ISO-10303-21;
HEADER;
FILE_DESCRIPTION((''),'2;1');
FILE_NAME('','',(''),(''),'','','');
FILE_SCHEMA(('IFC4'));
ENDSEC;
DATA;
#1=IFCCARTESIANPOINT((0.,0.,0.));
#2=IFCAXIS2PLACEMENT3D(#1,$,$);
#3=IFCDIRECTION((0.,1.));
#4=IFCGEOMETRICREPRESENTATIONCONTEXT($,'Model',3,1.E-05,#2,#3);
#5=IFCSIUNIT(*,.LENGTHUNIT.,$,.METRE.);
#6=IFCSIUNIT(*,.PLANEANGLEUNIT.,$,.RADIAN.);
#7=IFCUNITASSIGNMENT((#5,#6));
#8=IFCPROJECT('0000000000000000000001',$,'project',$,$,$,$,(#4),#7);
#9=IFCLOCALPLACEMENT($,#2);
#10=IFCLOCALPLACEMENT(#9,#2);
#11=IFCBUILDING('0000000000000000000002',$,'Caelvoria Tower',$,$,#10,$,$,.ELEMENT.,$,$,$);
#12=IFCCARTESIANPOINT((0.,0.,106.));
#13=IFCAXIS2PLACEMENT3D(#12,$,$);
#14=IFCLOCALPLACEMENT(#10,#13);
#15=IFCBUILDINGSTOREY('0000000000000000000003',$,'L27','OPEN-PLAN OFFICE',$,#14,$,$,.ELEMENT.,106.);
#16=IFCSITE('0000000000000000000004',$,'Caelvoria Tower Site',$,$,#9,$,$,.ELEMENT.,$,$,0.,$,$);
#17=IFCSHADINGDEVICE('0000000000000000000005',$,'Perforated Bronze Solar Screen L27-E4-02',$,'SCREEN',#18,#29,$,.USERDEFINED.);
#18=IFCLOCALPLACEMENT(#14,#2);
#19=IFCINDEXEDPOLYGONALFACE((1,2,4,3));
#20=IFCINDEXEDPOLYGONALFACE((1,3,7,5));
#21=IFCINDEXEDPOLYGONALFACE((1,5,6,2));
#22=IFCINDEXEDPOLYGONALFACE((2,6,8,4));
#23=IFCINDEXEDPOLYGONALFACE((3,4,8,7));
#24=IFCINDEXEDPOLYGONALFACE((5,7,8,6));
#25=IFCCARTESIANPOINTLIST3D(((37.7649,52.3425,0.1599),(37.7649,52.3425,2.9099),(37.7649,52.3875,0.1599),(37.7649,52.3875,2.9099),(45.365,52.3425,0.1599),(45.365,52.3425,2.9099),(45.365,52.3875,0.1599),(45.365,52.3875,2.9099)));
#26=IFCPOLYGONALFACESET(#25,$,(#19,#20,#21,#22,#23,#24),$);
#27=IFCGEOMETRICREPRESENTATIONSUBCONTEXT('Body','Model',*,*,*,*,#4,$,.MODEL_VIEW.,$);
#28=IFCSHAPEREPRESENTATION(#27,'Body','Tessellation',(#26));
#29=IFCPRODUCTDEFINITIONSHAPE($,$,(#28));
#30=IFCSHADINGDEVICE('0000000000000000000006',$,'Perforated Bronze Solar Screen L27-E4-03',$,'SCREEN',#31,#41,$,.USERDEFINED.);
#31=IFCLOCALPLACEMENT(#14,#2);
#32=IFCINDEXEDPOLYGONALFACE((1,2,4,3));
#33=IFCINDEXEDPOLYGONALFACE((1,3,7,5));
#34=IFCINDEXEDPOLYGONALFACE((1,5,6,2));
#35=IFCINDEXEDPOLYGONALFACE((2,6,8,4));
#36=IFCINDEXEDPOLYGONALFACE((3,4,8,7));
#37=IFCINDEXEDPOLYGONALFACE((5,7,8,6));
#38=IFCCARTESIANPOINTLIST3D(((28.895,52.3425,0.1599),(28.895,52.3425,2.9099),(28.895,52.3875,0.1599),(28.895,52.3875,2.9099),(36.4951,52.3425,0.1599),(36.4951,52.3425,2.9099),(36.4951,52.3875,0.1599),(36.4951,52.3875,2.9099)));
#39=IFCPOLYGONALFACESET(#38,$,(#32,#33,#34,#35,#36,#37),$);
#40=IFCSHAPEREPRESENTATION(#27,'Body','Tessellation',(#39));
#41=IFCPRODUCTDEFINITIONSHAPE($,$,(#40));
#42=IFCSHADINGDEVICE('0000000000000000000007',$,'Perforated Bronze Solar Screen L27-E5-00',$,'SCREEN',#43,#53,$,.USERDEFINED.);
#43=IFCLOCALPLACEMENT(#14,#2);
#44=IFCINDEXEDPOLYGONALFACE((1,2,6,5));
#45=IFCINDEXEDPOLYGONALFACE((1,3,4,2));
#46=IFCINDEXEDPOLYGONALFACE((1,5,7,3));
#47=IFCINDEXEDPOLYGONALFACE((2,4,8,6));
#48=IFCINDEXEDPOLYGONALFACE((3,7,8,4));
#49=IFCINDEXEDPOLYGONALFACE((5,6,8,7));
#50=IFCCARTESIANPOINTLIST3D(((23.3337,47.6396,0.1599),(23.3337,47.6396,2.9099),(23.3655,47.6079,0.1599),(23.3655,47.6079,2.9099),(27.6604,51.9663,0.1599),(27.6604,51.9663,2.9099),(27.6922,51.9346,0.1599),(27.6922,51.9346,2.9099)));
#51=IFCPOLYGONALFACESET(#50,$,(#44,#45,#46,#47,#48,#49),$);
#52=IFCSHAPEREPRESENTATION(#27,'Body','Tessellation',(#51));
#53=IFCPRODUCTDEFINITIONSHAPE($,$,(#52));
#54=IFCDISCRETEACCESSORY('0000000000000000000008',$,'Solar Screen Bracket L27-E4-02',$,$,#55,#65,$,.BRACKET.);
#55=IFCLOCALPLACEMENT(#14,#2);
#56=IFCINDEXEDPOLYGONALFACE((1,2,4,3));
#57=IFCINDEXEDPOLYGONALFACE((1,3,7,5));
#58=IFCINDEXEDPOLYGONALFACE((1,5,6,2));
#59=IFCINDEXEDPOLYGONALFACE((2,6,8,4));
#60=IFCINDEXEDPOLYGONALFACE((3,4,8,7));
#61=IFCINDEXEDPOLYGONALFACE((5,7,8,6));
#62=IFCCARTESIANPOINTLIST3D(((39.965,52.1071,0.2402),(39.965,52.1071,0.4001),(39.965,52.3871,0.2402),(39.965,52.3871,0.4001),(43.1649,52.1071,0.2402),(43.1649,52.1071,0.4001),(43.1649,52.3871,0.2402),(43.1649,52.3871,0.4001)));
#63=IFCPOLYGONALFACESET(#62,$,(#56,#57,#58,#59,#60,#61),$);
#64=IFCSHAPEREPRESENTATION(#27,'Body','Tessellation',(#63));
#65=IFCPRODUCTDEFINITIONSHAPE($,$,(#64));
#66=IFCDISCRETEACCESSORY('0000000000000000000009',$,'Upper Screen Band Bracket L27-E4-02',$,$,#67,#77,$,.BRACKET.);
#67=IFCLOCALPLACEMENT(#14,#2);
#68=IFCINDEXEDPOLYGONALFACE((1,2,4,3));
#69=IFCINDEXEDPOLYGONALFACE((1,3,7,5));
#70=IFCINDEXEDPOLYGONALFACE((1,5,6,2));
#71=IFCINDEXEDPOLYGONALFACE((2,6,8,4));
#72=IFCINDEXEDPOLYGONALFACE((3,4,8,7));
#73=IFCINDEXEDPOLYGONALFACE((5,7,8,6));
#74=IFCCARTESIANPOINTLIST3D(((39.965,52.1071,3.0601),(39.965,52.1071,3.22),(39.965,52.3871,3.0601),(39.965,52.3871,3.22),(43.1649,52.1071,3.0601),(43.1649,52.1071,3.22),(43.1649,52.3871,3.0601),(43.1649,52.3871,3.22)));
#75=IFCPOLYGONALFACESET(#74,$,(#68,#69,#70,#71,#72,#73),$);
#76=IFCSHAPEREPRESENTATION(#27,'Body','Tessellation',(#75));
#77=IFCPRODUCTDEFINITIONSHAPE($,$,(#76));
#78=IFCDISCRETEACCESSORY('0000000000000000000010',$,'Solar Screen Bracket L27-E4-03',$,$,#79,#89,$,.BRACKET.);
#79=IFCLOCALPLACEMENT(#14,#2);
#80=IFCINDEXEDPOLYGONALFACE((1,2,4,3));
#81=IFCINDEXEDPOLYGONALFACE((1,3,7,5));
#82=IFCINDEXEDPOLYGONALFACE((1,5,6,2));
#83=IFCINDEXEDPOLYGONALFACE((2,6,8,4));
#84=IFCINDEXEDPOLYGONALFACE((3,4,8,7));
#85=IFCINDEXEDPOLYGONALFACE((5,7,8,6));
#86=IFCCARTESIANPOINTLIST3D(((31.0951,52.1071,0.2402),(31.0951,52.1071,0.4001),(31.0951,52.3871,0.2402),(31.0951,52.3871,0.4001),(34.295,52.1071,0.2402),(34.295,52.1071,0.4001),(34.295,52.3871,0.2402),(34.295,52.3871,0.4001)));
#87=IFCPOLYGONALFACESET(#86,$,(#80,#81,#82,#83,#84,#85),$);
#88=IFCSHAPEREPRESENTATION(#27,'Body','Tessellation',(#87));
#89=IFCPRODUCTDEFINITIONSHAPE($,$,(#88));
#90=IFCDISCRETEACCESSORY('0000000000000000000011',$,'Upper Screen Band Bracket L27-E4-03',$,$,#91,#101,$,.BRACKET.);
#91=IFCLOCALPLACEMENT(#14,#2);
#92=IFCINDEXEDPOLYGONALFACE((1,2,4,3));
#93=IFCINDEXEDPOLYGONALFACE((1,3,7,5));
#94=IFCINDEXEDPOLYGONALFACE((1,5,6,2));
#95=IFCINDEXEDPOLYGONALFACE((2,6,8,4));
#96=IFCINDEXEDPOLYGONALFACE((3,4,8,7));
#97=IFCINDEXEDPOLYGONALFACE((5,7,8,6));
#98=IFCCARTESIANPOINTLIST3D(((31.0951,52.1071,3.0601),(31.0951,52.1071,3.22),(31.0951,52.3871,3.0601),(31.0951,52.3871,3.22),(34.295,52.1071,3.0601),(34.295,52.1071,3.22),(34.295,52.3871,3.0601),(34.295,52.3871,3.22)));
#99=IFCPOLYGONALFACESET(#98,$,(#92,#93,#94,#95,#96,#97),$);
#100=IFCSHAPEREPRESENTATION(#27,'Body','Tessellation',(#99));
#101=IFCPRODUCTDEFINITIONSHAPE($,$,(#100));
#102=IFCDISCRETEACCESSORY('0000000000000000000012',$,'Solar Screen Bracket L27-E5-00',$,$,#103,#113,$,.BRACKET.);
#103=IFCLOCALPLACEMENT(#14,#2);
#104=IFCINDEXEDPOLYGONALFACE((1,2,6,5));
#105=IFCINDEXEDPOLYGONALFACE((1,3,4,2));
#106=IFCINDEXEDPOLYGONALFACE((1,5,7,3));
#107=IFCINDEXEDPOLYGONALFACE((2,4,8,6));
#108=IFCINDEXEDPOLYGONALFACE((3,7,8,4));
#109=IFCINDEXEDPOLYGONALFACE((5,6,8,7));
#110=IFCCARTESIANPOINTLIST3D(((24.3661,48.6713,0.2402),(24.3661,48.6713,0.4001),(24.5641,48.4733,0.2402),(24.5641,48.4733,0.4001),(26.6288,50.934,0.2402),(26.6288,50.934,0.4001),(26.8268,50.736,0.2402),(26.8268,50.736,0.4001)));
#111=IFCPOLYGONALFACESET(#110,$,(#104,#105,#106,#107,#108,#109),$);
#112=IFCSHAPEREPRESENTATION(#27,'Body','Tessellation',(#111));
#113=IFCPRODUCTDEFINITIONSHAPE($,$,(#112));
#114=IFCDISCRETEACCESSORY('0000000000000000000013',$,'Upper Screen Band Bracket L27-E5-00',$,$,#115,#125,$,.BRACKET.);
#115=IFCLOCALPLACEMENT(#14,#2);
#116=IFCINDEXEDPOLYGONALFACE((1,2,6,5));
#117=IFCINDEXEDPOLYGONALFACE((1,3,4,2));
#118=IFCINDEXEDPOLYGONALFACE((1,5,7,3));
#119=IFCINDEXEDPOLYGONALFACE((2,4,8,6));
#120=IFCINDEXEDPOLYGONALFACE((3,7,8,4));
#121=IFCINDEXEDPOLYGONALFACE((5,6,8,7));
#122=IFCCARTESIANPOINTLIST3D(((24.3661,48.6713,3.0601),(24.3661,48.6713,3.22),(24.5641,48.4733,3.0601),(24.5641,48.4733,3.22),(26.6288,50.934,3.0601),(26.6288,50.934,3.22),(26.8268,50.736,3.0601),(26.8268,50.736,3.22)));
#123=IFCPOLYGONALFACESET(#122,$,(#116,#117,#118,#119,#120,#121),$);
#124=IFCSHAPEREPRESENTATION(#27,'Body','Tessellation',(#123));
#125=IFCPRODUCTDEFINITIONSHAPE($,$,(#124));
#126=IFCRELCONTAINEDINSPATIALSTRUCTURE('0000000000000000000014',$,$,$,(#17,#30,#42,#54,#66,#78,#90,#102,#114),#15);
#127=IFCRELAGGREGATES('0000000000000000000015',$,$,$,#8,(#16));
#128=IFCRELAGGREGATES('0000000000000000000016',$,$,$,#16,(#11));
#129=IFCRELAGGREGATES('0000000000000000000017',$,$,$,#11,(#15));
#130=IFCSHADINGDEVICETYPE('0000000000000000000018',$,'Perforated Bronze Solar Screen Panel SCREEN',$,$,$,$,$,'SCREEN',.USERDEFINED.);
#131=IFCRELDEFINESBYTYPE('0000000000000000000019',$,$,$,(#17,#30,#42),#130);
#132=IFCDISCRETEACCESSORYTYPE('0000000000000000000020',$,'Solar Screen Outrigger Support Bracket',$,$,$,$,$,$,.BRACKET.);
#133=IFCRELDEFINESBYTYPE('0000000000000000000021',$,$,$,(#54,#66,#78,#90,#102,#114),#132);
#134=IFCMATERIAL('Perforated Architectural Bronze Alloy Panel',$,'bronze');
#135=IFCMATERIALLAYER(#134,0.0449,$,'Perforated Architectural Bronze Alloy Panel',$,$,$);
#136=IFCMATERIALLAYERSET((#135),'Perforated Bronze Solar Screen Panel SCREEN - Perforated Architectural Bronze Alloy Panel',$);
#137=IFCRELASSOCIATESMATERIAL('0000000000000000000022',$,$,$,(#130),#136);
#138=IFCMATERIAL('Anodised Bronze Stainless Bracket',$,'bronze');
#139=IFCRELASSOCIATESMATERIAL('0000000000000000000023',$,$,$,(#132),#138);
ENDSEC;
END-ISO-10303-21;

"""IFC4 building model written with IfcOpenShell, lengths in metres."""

from ifc_helpers import new_model, si_unit, direction, frame, origin, origin_2d, place, context, subcontext, project, spatial, rectangle, extrude, material, layer, layer_set, type_object, element, save


model = new_model("IFC4")

# Units and contexts
model_context = context("Model", 3, precision=1e-05, world=origin(), true_north=direction((0.0, 1.0)))
body_context = subcontext(model_context, "Body", "Model", "MODEL_VIEW")
ifc_project = project(units=[si_unit("LENGTHUNIT", "METRE"), si_unit("PLANEANGLEUNIT", "RADIAN")], contexts=[model_context])

# Site, building, storey
site_placement = place(None, origin())
site = spatial("IfcSite", under=ifc_project, at=site_placement, Name="Caelvoria Tower Site", CompositionType="ELEMENT", RefElevation=0.0)
building_placement = place(site_placement, origin())
building = spatial("IfcBuilding", under=site, at=building_placement, Name="Caelvoria Tower", CompositionType="ELEMENT")
storey_placement = place(building_placement, frame((0.0, 0.0, 106.0)))
storey = spatial("IfcBuildingStorey", under=building, at=storey_placement, Name="L27", Description="OPEN-PLAN OFFICE", CompositionType="ELEMENT", Elevation=106.0)

# Shading devices
ifc_material_1 = material(Name="Perforated Architectural Bronze Alloy Panel", Category="bronze")
ifc_layer_1 = layer(ifc_material_1, 0.0449, Name="Perforated Architectural Bronze Alloy Panel")
ifc_layer_set_1 = layer_set([ifc_layer_1], Name="Perforated Bronze Solar Screen Panel SCREEN - Perforated Architectural Bronze Alloy Panel")
shading_device_type = type_object("IfcShadingDeviceType", Name="Perforated Bronze Solar Screen Panel SCREEN", ElementType="SCREEN", PredefinedType="USERDEFINED", material=ifc_layer_set_1)
for number, where, z_axis, x_axis, name in (
    (1, (41.5649, 52.365, 0.1599), (0.0, 0.0, 1.0), (-1.0, 0.0, 0.0), "Perforated Bronze Solar Screen L27-E4-02"),
    (2, (32.6951, 52.365, 0.1599), (0.0, 0.0, 1.0), (-1.0, 0.0, 0.0), "Perforated Bronze Solar Screen L27-E4-03"),
):
    element("IfcShadingDevice", number, at=place(storey_placement, frame(where, z_axis=z_axis, x_axis=x_axis)), inside=storey, type_object=shading_device_type, Name=name, ObjectType="SCREEN", PredefinedType="USERDEFINED", context=body_context, shape_type="SweptSolid", body=[
        extrude(rectangle(XDim=7.6001, YDim=0.0449, at=origin_2d()), origin(), (0.0, 0.0, 1.0), 2.75),
    ])
shading_device_placement = place(storey_placement, frame((25.5129, 49.7871, 0.1599), z_axis=(0.0, 0.0, 1.0), x_axis=(-0.707107, -0.707107, 0.0)))
element("IfcShadingDevice", 3, at=shading_device_placement, inside=storey, type_object=shading_device_type, Name="Perforated Bronze Solar Screen L27-E5-00", ObjectType="SCREEN", PredefinedType="USERDEFINED", context=body_context, shape_type="SweptSolid", body=[
    extrude(rectangle(XDim=6.1189, YDim=0.0449, at=origin_2d()), origin(), (0.0, 0.0, 1.0), 2.75),
])

# Discrete accessories
ifc_material_2 = material(Name="Anodised Bronze Stainless Bracket", Category="bronze")
discrete_accessory_type = type_object("IfcDiscreteAccessoryType", Name="Solar Screen Outrigger Support Bracket", PredefinedType="BRACKET", material=ifc_material_2)
for number, where, z_axis, x_axis, name in (
    (4, (41.5649, 52.2471, 0.2402), (0.0, 0.0, 1.0), (-1.0, 0.0, 0.0), "Solar Screen Bracket L27-E4-02"),
    (5, (41.5649, 52.2471, 3.0601), (0.0, 0.0, 1.0), (-1.0, 0.0, 0.0), "Upper Screen Band Bracket L27-E4-02"),
    (6, (32.6951, 52.2471, 0.2402), (0.0, 0.0, 1.0), (-1.0, 0.0, 0.0), "Solar Screen Bracket L27-E4-03"),
    (7, (32.6951, 52.2471, 3.0601), (0.0, 0.0, 1.0), (-1.0, 0.0, 0.0), "Upper Screen Band Bracket L27-E4-03"),
    (8, (25.5964, 49.7036, 0.2402), (0.0, 0.0, 1.0), (-0.707107, -0.707107, 0.0), "Solar Screen Bracket L27-E5-00"),
    (9, (25.5964, 49.7036, 3.0601), (0.0, 0.0, 1.0), (-0.707107, -0.707107, 0.0), "Upper Screen Band Bracket L27-E5-00"),
):
    element("IfcDiscreteAccessory", number, at=place(storey_placement, frame(where, z_axis=z_axis, x_axis=x_axis)), inside=storey, type_object=discrete_accessory_type, Name=name, PredefinedType="BRACKET", context=body_context, shape_type="SweptSolid", body=[
        extrude(rectangle(XDim=3.2, YDim=0.28, at=origin_2d()), origin(), (0.0, 0.0, 1.0), 0.1599),
    ])

save(model, "model.ifc")
